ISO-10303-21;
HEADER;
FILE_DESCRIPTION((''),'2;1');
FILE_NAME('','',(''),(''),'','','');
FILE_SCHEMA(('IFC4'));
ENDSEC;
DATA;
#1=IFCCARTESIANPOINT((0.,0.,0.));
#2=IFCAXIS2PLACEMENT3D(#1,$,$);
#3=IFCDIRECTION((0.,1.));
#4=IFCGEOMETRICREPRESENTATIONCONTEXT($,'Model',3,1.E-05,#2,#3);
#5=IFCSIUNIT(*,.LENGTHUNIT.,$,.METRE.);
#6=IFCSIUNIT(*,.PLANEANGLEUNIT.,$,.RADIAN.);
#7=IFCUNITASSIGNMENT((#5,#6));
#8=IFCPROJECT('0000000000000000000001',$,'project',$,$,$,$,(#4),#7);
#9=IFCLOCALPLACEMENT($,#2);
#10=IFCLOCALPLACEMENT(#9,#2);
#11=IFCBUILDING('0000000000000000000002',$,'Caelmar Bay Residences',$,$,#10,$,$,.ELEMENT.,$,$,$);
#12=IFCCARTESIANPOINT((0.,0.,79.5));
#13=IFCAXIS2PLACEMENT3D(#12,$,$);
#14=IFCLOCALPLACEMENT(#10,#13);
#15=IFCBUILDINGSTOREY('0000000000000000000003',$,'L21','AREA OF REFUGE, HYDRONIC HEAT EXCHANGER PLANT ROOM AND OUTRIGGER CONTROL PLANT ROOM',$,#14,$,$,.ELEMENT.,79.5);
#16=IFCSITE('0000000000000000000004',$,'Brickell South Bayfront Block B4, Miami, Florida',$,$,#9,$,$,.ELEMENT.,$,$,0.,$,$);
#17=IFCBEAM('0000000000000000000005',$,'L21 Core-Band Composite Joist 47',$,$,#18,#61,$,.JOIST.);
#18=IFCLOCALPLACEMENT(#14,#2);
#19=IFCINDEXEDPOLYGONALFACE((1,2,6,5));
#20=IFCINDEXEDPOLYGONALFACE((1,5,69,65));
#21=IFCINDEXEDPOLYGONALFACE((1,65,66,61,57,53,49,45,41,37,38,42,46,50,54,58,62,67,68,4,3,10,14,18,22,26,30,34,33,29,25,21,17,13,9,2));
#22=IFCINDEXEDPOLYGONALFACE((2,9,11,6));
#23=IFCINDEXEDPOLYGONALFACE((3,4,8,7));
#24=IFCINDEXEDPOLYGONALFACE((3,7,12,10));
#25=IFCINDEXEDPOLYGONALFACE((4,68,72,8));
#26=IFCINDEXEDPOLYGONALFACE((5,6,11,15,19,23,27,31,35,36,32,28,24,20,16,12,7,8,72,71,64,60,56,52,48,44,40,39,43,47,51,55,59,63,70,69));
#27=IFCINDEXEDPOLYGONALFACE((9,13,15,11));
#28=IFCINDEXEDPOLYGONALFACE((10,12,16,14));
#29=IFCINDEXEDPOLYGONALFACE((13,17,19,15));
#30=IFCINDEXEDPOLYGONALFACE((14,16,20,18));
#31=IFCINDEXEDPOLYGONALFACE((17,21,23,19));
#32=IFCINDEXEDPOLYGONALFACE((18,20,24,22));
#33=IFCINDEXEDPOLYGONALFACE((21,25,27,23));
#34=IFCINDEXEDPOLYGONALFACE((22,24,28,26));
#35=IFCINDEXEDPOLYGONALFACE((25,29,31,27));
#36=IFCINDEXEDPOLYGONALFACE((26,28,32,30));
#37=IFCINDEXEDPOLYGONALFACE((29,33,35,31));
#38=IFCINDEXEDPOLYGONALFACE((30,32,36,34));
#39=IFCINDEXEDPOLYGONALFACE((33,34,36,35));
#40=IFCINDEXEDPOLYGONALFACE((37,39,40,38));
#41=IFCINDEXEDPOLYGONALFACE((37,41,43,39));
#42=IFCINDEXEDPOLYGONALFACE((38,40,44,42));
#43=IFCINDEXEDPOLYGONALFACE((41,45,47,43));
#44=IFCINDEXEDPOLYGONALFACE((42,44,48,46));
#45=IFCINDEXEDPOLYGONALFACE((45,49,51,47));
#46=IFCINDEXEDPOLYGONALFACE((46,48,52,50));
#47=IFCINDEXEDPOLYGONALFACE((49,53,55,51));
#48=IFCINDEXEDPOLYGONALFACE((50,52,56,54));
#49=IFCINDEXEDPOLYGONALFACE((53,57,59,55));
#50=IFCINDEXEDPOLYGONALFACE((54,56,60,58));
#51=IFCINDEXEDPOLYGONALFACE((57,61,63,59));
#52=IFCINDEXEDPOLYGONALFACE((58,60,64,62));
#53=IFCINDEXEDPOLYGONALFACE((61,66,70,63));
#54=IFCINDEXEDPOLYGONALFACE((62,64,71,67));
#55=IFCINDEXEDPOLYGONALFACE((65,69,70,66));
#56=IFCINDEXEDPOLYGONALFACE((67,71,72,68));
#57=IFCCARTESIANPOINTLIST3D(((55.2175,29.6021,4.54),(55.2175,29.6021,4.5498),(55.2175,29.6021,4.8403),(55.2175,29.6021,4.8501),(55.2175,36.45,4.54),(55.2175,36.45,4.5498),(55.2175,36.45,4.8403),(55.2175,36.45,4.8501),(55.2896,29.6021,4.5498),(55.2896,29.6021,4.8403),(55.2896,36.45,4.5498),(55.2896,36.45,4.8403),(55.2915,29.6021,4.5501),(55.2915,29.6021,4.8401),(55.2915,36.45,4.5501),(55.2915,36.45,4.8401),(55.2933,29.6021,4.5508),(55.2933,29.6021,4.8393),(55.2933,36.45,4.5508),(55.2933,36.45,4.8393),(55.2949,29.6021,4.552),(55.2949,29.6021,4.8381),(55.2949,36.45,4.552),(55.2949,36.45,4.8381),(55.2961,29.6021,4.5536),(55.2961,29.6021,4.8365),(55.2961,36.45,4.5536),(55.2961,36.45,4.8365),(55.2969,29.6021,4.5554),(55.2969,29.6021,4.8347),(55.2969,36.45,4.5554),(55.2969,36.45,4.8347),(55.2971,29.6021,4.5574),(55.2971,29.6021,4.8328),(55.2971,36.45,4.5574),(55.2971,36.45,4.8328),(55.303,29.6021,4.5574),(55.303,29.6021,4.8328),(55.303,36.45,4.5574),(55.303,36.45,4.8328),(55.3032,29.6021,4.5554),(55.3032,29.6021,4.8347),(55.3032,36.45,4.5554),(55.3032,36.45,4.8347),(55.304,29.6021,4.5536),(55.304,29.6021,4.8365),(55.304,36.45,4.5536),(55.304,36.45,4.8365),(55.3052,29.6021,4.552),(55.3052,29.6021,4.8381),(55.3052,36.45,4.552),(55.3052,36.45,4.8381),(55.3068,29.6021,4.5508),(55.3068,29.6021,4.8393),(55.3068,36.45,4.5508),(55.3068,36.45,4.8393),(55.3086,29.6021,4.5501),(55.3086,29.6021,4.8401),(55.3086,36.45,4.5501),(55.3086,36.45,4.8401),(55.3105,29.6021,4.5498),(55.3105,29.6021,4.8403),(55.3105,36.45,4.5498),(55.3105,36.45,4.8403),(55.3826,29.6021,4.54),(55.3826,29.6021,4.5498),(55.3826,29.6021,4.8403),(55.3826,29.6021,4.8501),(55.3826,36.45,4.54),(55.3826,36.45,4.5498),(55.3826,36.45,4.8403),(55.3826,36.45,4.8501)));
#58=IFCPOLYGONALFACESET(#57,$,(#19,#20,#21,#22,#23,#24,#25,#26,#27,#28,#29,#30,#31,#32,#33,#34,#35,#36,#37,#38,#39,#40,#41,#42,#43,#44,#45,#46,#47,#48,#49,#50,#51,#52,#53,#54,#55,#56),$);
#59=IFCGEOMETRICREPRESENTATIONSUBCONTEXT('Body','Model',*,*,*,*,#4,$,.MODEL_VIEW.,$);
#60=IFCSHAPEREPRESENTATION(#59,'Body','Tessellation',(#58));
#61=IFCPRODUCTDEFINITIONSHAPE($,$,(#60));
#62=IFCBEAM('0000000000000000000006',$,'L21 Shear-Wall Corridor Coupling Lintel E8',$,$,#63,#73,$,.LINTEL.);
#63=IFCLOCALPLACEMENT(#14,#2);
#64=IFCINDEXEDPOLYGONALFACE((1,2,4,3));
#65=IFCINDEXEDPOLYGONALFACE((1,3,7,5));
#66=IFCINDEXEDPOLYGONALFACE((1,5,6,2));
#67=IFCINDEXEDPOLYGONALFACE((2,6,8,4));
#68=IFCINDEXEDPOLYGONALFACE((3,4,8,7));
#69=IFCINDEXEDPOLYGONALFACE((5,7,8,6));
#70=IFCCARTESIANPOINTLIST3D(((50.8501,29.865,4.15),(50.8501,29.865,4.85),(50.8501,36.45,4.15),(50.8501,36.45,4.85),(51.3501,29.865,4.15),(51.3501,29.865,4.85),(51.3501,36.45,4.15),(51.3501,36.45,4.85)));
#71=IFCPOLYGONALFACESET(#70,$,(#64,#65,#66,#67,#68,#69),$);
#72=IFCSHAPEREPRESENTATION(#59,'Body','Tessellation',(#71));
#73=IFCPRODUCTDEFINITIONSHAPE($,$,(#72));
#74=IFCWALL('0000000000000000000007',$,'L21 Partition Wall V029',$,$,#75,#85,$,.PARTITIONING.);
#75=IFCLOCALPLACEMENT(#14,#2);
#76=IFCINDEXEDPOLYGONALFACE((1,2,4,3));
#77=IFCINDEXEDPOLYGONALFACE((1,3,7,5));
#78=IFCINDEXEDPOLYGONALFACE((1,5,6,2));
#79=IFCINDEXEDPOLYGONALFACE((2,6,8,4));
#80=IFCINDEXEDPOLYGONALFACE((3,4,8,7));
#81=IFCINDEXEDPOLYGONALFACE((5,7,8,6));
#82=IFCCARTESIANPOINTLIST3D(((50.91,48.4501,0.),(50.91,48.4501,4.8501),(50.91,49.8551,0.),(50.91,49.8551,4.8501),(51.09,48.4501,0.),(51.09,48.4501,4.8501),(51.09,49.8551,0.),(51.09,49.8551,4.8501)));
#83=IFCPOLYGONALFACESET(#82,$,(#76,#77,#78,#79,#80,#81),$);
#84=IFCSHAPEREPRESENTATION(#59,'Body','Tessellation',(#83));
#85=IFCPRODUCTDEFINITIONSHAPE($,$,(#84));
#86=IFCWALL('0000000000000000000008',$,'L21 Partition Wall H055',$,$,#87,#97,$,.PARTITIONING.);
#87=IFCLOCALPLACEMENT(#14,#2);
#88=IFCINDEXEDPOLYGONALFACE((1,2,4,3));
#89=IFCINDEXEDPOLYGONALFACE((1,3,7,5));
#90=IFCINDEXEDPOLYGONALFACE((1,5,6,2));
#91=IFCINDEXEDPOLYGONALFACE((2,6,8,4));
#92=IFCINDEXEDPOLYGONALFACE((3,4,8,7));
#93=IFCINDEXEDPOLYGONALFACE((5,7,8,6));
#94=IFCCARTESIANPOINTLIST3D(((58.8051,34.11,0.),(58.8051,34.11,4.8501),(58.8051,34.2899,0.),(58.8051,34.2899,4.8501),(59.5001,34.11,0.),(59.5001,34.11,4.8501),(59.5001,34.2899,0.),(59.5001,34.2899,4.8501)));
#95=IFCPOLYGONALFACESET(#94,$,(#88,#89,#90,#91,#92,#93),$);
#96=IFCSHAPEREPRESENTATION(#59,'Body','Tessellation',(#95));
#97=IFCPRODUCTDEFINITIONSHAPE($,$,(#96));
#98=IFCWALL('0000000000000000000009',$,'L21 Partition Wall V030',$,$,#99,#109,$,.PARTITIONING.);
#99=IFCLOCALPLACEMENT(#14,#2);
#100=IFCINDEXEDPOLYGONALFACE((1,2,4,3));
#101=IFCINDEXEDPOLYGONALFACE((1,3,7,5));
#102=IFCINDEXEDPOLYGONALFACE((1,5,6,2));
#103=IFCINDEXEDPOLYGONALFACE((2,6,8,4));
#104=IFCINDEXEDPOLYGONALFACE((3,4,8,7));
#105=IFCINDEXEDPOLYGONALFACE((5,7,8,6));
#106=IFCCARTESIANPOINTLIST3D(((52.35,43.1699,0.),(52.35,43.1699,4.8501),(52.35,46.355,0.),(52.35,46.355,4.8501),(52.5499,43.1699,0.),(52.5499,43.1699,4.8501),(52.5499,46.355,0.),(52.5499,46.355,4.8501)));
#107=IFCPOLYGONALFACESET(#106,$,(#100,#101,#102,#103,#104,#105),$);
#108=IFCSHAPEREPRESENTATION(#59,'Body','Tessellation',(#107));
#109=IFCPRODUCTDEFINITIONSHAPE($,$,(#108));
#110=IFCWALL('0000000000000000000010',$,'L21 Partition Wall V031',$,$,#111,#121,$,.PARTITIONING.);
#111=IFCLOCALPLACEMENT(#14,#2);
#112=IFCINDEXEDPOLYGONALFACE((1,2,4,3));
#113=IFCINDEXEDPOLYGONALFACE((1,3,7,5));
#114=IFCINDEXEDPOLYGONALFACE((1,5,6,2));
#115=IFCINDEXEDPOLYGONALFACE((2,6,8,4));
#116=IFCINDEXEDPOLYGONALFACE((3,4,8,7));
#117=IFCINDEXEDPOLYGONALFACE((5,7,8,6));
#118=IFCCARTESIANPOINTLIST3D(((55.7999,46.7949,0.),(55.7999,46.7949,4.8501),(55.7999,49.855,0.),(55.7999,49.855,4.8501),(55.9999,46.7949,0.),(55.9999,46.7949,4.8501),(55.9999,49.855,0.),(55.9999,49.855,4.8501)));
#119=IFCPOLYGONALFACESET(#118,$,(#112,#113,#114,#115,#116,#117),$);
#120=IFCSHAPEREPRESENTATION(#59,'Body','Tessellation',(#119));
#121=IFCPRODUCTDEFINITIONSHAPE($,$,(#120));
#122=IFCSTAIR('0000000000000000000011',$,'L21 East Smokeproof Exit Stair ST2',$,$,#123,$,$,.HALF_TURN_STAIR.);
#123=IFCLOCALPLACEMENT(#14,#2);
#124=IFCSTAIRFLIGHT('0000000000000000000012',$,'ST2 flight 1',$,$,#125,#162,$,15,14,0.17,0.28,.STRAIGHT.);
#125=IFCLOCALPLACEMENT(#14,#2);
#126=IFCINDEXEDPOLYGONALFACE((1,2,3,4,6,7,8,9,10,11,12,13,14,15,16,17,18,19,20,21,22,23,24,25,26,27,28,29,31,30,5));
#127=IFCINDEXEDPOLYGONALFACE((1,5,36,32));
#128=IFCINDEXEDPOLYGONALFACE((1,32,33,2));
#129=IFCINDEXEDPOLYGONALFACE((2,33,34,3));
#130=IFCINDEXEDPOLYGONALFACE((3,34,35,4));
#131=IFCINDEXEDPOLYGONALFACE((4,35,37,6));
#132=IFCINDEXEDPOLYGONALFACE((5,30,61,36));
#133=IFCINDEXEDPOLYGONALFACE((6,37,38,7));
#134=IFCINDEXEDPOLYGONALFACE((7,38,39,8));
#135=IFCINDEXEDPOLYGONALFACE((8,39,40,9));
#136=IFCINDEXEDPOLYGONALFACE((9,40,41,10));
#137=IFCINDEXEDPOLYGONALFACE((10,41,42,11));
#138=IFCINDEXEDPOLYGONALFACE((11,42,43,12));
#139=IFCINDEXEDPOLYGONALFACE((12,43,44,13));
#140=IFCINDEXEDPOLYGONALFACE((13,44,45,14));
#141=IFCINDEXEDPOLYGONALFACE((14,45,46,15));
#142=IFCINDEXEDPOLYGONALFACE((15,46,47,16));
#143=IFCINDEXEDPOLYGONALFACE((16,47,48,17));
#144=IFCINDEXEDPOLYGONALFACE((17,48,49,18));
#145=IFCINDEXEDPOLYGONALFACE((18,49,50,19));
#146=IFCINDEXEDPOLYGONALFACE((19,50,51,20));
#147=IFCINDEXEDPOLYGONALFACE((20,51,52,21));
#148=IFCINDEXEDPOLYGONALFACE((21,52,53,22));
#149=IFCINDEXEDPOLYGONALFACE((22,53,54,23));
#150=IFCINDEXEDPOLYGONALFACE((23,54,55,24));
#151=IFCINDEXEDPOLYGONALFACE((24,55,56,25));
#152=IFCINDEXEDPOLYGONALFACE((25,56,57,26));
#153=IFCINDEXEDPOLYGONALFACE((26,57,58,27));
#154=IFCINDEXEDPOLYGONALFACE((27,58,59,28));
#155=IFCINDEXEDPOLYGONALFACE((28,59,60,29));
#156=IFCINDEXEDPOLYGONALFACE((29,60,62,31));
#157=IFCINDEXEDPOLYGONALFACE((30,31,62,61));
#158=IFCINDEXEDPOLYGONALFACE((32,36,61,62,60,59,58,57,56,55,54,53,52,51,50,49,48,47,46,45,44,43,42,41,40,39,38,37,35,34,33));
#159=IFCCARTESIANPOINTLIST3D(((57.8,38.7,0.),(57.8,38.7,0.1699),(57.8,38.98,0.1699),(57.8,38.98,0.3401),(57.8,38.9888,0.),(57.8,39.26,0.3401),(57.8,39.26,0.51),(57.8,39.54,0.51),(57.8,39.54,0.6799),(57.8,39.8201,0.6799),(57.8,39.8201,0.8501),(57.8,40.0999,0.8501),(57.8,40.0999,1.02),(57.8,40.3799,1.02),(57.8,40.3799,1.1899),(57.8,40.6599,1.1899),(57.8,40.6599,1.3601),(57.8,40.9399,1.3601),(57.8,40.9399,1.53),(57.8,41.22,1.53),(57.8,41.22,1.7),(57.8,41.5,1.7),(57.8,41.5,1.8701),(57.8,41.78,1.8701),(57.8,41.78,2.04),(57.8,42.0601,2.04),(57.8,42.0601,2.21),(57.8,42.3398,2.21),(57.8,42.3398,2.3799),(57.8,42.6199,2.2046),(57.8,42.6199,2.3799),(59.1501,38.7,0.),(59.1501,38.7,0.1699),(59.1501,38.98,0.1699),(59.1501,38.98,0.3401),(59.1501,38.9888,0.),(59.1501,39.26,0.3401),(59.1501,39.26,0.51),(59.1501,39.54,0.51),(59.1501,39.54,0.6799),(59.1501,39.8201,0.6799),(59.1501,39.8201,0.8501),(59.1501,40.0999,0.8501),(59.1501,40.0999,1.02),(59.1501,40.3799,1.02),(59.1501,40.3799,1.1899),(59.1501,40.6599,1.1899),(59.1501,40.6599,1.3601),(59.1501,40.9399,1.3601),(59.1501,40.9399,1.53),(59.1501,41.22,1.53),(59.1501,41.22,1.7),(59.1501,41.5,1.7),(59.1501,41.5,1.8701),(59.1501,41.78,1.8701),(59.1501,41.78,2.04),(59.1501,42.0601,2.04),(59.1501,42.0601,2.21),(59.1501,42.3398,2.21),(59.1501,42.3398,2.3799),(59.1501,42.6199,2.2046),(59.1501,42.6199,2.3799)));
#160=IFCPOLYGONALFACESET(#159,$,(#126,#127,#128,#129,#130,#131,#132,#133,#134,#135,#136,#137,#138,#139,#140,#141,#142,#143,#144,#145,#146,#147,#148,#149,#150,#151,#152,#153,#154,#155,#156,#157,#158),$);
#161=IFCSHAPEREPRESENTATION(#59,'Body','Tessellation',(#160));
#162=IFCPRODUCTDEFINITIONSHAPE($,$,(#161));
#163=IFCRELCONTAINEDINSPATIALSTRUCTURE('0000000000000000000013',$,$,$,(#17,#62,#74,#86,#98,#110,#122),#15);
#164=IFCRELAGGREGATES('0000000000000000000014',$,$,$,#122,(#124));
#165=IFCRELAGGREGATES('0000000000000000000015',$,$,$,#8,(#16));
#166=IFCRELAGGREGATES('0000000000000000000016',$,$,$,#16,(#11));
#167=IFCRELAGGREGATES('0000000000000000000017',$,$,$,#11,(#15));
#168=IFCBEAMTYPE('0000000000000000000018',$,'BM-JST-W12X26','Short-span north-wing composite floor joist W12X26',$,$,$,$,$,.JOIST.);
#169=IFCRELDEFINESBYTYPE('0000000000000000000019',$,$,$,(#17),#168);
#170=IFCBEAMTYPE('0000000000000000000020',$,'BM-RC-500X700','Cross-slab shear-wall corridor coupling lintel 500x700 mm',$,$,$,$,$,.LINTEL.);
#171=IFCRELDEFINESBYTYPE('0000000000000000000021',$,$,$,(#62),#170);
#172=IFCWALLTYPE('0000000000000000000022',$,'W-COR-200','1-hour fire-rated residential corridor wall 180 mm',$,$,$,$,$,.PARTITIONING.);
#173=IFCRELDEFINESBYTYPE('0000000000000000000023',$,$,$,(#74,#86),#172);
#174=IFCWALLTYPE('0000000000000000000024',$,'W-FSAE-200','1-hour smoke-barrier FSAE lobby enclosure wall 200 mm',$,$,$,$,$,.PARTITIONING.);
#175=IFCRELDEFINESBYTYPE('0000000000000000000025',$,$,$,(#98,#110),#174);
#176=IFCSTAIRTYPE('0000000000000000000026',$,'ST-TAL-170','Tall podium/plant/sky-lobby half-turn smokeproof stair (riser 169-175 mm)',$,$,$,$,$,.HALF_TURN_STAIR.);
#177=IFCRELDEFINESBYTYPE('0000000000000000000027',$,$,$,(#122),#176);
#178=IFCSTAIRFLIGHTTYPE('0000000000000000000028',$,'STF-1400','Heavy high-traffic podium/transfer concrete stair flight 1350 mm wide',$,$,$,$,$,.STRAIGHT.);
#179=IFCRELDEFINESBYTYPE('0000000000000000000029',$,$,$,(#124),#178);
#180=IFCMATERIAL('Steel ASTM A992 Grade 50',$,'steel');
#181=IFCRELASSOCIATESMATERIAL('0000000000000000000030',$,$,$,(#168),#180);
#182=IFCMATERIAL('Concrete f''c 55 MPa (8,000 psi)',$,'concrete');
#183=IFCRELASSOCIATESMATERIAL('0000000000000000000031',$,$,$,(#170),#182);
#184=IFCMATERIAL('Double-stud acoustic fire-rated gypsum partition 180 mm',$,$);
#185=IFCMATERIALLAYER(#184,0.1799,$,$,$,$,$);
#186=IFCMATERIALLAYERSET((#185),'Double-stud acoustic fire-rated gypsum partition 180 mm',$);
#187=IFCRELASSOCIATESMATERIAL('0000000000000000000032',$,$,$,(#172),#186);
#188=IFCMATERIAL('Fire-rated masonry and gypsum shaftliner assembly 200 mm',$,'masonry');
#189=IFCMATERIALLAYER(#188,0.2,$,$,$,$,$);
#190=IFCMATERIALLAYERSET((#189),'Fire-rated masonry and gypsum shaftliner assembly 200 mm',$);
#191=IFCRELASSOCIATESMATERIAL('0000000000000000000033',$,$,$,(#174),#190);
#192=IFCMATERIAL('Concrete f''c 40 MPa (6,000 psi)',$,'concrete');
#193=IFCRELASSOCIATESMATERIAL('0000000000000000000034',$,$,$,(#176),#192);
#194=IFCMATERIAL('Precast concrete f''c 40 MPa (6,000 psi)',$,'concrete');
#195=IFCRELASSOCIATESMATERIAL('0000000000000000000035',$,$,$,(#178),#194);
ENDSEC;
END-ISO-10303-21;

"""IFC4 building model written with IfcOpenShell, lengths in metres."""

from ifc_helpers import new_model, si_unit, direction, frame, frame_2d, origin, origin_2d, place, context, subcontext, project, spatial, polyline, rectangle, i_section, outline, extrude, material, layer, layer_set, material_profile, profile_set, type_object, element, aggregate, save


model = new_model("IFC4")

# Units and contexts
model_context = context("Model", 3, precision=1e-05, world=origin(), true_north=direction((0.0, 1.0)))
body_context = subcontext(model_context, "Body", "Model", "MODEL_VIEW")
ifc_project = project(units=[si_unit("LENGTHUNIT", "METRE"), si_unit("PLANEANGLEUNIT", "RADIAN")], contexts=[model_context])

# Site, building, storey
site_placement = place(None, origin())
site = spatial("IfcSite", under=ifc_project, at=site_placement, Name="Brickell South Bayfront Block B4, Miami, Florida", CompositionType="ELEMENT", RefElevation=0.0)
building_placement = place(site_placement, origin())
building = spatial("IfcBuilding", under=site, at=building_placement, Name="Caelmar Bay Residences", CompositionType="ELEMENT")
storey_placement = place(building_placement, frame((0.0, 0.0, 79.5)))
storey = spatial("IfcBuildingStorey", under=building, at=storey_placement, Name="L21", Description="AREA OF REFUGE, HYDRONIC HEAT EXCHANGER PLANT ROOM AND OUTRIGGER CONTROL PLANT ROOM", CompositionType="ELEMENT", Elevation=79.5)

# Beams
ifc_material_1 = material(Name="Steel ASTM A992 Grade 50", Category="steel")
ifc_material_profile_1 = material_profile(ifc_material_1, i_section(OverallWidth=0.165, OverallDepth=0.3101, WebThickness=0.0059, FlangeThickness=0.0098, FilletRadius=0.0076, at=origin_2d()), Name="W12X26")
ifc_profile_set_1 = profile_set([ifc_material_profile_1], Name="Steel ASTM A992 Grade 50")
beam_type_1 = type_object("IfcBeamType", Name="BM-JST-W12X26", Description="Short-span north-wing composite floor joist W12X26", PredefinedType="JOIST", material=ifc_profile_set_1)
beam_1_placement = place(storey_placement, frame((55.3, 29.6021, 4.6951), z_axis=(0.0, 1.0, 0.0), x_axis=(-1.0, 0.0, 0.0)))
element("IfcBeam", 1, at=beam_1_placement, inside=storey, type_object=beam_type_1, Name="L21 Core-Band Composite Joist 47", PredefinedType="JOIST", context=body_context, shape_type="SweptSolid", body=[
    extrude(i_section(OverallWidth=0.165, OverallDepth=0.3101, WebThickness=0.0059, FlangeThickness=0.0098, FilletRadius=0.0076, at=origin_2d()), origin(), (0.0, 0.0, 1.0), 6.8479),
])
ifc_material_2 = material(Name="Concrete f'c 55 MPa (8,000 psi)", Category="concrete")
ifc_material_profile_2 = material_profile(ifc_material_2, rectangle(XDim=0.5, YDim=0.7, at=origin_2d()), Name="RC-BM-500X700")
ifc_profile_set_2 = profile_set([ifc_material_profile_2], Name="Concrete f'c 55 MPa (8,000 psi)")
beam_type_2 = type_object("IfcBeamType", Name="BM-RC-500X700", Description="Cross-slab shear-wall corridor coupling lintel 500x700 mm", PredefinedType="LINTEL", material=ifc_profile_set_2)
beam_2_placement = place(storey_placement, frame((51.1001, 29.865, 4.5), z_axis=(0.0, 1.0, 0.0), x_axis=(-1.0, 0.0, 0.0)))
element("IfcBeam", 2, at=beam_2_placement, inside=storey, type_object=beam_type_2, Name="L21 Shear-Wall Corridor Coupling Lintel E8", PredefinedType="LINTEL", context=body_context, shape_type="SweptSolid", body=[
    extrude(rectangle(XDim=0.5, YDim=0.7, at=origin_2d()), origin(), (0.0, 0.0, 1.0), 6.585),
])

# Walls
ifc_material_3 = material(Name="Double-stud acoustic fire-rated gypsum partition 180 mm")
ifc_layer_1 = layer(ifc_material_3, 0.1799)
ifc_layer_set_1 = layer_set([ifc_layer_1], Name="Double-stud acoustic fire-rated gypsum partition 180 mm")
wall_type_1 = type_object("IfcWallType", Name="W-COR-200", Description="1-hour fire-rated residential corridor wall 180 mm", PredefinedType="PARTITIONING", material=ifc_layer_set_1)
wall_1_placement = place(storey_placement, frame((51.0, 48.45, 0.0), z_axis=(0.0, 0.0, 1.0), x_axis=(0.0, 1.0, 0.0)))
element("IfcWall", 3, at=wall_1_placement, inside=storey, type_object=wall_type_1, Name="L21 Partition Wall V029", PredefinedType="PARTITIONING", context=body_context, shape_type="SweptSolid", body=[
    extrude(rectangle(XDim=1.405, YDim=0.1799, at=frame_2d((0.7026, 0.0))), origin(), (0.0, 0.0, 1.0), 4.8501),
])
wall_2_placement = place(storey_placement, frame((58.8049, 34.2, 0.0), z_axis=(0.0, 0.0, 1.0), x_axis=(1.0, 0.0, 0.0)))
element("IfcWall", 4, at=wall_2_placement, inside=storey, type_object=wall_type_1, Name="L21 Partition Wall H055", PredefinedType="PARTITIONING", context=body_context, shape_type="SweptSolid", body=[
    extrude(rectangle(XDim=0.6951, YDim=0.1799, at=frame_2d((0.3477, 0.0))), origin(), (0.0, 0.0, 1.0), 4.8501),
])
ifc_material_4 = material(Name="Fire-rated masonry and gypsum shaftliner assembly 200 mm", Category="masonry")
ifc_layer_2 = layer(ifc_material_4, 0.2)
ifc_layer_set_2 = layer_set([ifc_layer_2], Name="Fire-rated masonry and gypsum shaftliner assembly 200 mm")
wall_type_2 = type_object("IfcWallType", Name="W-FSAE-200", Description="1-hour smoke-barrier FSAE lobby enclosure wall 200 mm", PredefinedType="PARTITIONING", material=ifc_layer_set_2)
wall_3_placement = place(storey_placement, frame((52.45, 43.1699, 0.0), z_axis=(0.0, 0.0, 1.0), x_axis=(0.0, 1.0, 0.0)))
element("IfcWall", 5, at=wall_3_placement, inside=storey, type_object=wall_type_2, Name="L21 Partition Wall V030", PredefinedType="PARTITIONING", context=body_context, shape_type="SweptSolid", body=[
    extrude(rectangle(XDim=3.1851, YDim=0.2, at=frame_2d((1.5925, 0.0))), origin(), (0.0, 0.0, 1.0), 4.8501),
])
wall_4_placement = place(storey_placement, frame((55.8999, 46.7949, 0.0), z_axis=(0.0, 0.0, 1.0), x_axis=(0.0, 1.0, 0.0)))
element("IfcWall", 6, at=wall_4_placement, inside=storey, type_object=wall_type_2, Name="L21 Partition Wall V031", PredefinedType="PARTITIONING", context=body_context, shape_type="SweptSolid", body=[
    extrude(rectangle(XDim=3.0601, YDim=0.2, at=frame_2d((1.53, 0.0))), origin(), (0.0, 0.0, 1.0), 4.8501),
])

# Stair, stair flight
ifc_material_5 = material(Name="Concrete f'c 40 MPa (6,000 psi)", Category="concrete")
stair_type = type_object("IfcStairType", Name="ST-TAL-170", Description="Tall podium/plant/sky-lobby half-turn smokeproof stair (riser 169-175 mm)", PredefinedType="HALF_TURN_STAIR", material=ifc_material_5)
stair_placement = place(storey_placement, origin())
stair = element("IfcStair", 7, at=stair_placement, inside=storey, type_object=stair_type, Name="L21 East Smokeproof Exit Stair ST2", PredefinedType="HALF_TURN_STAIR")
ifc_material_6 = material(Name="Precast concrete f'c 40 MPa (6,000 psi)", Category="concrete")
stair_flight_type = type_object("IfcStairFlightType", Name="STF-1400", Description="Heavy high-traffic podium/transfer concrete stair flight 1350 mm wide", PredefinedType="STRAIGHT", material=ifc_material_6)
stair_flight_1_placement = place(storey_placement, frame((58.4751, 38.7, 0.0), z_axis=(0.0, 0.0, 1.0), x_axis=(0.0, 1.0, 0.0)))
stair_flight_1 = element("IfcStairFlight", 8, at=stair_flight_1_placement, type_object=stair_flight_type, Name="ST2 flight 1", NumberOfRisers=15, NumberOfTreads=14, PredefinedType="STRAIGHT", RiserHeight=0.17, TreadLength=0.28, context=body_context, shape_type="SweptSolid", body=[
    extrude(outline(polyline([(0.0, 0.0), (0.0, 0.1699), (0.28, 0.1699), (0.28, 0.3401), (0.5601, 0.3401), (0.5601, 0.51), (0.8401, 0.51), (0.8401, 0.6799), (1.1201, 0.6799), (1.1201, 0.8501), (1.3999, 0.8501), (1.3999, 1.02), (1.6799, 1.02), (1.6799, 1.1899), (1.96, 1.1899), (1.96, 1.3601), (2.24, 1.3601), (2.24, 1.53), (2.52, 1.53), (2.52, 1.7), (2.8, 1.7), (2.8, 1.8701), (3.0801, 1.8701), (3.0801, 2.04), (3.3601, 2.04), (3.3601, 2.21), (3.6399, 2.21), (3.6399, 2.3799), (3.9199, 2.3799), (3.9199, 2.55), (3.9199, 2.2046), (0.2888, 0.0), (0.0, 0.0)])), frame((0.0, 0.675, 0.0), z_axis=(0.0, -1.0, 0.0), x_axis=(1.0, 0.0, 0.0)), (0.0, 0.0, 1.0), 1.3501),
])
aggregate(stair, [stair_flight_1])

save(model, "model.ifc")
